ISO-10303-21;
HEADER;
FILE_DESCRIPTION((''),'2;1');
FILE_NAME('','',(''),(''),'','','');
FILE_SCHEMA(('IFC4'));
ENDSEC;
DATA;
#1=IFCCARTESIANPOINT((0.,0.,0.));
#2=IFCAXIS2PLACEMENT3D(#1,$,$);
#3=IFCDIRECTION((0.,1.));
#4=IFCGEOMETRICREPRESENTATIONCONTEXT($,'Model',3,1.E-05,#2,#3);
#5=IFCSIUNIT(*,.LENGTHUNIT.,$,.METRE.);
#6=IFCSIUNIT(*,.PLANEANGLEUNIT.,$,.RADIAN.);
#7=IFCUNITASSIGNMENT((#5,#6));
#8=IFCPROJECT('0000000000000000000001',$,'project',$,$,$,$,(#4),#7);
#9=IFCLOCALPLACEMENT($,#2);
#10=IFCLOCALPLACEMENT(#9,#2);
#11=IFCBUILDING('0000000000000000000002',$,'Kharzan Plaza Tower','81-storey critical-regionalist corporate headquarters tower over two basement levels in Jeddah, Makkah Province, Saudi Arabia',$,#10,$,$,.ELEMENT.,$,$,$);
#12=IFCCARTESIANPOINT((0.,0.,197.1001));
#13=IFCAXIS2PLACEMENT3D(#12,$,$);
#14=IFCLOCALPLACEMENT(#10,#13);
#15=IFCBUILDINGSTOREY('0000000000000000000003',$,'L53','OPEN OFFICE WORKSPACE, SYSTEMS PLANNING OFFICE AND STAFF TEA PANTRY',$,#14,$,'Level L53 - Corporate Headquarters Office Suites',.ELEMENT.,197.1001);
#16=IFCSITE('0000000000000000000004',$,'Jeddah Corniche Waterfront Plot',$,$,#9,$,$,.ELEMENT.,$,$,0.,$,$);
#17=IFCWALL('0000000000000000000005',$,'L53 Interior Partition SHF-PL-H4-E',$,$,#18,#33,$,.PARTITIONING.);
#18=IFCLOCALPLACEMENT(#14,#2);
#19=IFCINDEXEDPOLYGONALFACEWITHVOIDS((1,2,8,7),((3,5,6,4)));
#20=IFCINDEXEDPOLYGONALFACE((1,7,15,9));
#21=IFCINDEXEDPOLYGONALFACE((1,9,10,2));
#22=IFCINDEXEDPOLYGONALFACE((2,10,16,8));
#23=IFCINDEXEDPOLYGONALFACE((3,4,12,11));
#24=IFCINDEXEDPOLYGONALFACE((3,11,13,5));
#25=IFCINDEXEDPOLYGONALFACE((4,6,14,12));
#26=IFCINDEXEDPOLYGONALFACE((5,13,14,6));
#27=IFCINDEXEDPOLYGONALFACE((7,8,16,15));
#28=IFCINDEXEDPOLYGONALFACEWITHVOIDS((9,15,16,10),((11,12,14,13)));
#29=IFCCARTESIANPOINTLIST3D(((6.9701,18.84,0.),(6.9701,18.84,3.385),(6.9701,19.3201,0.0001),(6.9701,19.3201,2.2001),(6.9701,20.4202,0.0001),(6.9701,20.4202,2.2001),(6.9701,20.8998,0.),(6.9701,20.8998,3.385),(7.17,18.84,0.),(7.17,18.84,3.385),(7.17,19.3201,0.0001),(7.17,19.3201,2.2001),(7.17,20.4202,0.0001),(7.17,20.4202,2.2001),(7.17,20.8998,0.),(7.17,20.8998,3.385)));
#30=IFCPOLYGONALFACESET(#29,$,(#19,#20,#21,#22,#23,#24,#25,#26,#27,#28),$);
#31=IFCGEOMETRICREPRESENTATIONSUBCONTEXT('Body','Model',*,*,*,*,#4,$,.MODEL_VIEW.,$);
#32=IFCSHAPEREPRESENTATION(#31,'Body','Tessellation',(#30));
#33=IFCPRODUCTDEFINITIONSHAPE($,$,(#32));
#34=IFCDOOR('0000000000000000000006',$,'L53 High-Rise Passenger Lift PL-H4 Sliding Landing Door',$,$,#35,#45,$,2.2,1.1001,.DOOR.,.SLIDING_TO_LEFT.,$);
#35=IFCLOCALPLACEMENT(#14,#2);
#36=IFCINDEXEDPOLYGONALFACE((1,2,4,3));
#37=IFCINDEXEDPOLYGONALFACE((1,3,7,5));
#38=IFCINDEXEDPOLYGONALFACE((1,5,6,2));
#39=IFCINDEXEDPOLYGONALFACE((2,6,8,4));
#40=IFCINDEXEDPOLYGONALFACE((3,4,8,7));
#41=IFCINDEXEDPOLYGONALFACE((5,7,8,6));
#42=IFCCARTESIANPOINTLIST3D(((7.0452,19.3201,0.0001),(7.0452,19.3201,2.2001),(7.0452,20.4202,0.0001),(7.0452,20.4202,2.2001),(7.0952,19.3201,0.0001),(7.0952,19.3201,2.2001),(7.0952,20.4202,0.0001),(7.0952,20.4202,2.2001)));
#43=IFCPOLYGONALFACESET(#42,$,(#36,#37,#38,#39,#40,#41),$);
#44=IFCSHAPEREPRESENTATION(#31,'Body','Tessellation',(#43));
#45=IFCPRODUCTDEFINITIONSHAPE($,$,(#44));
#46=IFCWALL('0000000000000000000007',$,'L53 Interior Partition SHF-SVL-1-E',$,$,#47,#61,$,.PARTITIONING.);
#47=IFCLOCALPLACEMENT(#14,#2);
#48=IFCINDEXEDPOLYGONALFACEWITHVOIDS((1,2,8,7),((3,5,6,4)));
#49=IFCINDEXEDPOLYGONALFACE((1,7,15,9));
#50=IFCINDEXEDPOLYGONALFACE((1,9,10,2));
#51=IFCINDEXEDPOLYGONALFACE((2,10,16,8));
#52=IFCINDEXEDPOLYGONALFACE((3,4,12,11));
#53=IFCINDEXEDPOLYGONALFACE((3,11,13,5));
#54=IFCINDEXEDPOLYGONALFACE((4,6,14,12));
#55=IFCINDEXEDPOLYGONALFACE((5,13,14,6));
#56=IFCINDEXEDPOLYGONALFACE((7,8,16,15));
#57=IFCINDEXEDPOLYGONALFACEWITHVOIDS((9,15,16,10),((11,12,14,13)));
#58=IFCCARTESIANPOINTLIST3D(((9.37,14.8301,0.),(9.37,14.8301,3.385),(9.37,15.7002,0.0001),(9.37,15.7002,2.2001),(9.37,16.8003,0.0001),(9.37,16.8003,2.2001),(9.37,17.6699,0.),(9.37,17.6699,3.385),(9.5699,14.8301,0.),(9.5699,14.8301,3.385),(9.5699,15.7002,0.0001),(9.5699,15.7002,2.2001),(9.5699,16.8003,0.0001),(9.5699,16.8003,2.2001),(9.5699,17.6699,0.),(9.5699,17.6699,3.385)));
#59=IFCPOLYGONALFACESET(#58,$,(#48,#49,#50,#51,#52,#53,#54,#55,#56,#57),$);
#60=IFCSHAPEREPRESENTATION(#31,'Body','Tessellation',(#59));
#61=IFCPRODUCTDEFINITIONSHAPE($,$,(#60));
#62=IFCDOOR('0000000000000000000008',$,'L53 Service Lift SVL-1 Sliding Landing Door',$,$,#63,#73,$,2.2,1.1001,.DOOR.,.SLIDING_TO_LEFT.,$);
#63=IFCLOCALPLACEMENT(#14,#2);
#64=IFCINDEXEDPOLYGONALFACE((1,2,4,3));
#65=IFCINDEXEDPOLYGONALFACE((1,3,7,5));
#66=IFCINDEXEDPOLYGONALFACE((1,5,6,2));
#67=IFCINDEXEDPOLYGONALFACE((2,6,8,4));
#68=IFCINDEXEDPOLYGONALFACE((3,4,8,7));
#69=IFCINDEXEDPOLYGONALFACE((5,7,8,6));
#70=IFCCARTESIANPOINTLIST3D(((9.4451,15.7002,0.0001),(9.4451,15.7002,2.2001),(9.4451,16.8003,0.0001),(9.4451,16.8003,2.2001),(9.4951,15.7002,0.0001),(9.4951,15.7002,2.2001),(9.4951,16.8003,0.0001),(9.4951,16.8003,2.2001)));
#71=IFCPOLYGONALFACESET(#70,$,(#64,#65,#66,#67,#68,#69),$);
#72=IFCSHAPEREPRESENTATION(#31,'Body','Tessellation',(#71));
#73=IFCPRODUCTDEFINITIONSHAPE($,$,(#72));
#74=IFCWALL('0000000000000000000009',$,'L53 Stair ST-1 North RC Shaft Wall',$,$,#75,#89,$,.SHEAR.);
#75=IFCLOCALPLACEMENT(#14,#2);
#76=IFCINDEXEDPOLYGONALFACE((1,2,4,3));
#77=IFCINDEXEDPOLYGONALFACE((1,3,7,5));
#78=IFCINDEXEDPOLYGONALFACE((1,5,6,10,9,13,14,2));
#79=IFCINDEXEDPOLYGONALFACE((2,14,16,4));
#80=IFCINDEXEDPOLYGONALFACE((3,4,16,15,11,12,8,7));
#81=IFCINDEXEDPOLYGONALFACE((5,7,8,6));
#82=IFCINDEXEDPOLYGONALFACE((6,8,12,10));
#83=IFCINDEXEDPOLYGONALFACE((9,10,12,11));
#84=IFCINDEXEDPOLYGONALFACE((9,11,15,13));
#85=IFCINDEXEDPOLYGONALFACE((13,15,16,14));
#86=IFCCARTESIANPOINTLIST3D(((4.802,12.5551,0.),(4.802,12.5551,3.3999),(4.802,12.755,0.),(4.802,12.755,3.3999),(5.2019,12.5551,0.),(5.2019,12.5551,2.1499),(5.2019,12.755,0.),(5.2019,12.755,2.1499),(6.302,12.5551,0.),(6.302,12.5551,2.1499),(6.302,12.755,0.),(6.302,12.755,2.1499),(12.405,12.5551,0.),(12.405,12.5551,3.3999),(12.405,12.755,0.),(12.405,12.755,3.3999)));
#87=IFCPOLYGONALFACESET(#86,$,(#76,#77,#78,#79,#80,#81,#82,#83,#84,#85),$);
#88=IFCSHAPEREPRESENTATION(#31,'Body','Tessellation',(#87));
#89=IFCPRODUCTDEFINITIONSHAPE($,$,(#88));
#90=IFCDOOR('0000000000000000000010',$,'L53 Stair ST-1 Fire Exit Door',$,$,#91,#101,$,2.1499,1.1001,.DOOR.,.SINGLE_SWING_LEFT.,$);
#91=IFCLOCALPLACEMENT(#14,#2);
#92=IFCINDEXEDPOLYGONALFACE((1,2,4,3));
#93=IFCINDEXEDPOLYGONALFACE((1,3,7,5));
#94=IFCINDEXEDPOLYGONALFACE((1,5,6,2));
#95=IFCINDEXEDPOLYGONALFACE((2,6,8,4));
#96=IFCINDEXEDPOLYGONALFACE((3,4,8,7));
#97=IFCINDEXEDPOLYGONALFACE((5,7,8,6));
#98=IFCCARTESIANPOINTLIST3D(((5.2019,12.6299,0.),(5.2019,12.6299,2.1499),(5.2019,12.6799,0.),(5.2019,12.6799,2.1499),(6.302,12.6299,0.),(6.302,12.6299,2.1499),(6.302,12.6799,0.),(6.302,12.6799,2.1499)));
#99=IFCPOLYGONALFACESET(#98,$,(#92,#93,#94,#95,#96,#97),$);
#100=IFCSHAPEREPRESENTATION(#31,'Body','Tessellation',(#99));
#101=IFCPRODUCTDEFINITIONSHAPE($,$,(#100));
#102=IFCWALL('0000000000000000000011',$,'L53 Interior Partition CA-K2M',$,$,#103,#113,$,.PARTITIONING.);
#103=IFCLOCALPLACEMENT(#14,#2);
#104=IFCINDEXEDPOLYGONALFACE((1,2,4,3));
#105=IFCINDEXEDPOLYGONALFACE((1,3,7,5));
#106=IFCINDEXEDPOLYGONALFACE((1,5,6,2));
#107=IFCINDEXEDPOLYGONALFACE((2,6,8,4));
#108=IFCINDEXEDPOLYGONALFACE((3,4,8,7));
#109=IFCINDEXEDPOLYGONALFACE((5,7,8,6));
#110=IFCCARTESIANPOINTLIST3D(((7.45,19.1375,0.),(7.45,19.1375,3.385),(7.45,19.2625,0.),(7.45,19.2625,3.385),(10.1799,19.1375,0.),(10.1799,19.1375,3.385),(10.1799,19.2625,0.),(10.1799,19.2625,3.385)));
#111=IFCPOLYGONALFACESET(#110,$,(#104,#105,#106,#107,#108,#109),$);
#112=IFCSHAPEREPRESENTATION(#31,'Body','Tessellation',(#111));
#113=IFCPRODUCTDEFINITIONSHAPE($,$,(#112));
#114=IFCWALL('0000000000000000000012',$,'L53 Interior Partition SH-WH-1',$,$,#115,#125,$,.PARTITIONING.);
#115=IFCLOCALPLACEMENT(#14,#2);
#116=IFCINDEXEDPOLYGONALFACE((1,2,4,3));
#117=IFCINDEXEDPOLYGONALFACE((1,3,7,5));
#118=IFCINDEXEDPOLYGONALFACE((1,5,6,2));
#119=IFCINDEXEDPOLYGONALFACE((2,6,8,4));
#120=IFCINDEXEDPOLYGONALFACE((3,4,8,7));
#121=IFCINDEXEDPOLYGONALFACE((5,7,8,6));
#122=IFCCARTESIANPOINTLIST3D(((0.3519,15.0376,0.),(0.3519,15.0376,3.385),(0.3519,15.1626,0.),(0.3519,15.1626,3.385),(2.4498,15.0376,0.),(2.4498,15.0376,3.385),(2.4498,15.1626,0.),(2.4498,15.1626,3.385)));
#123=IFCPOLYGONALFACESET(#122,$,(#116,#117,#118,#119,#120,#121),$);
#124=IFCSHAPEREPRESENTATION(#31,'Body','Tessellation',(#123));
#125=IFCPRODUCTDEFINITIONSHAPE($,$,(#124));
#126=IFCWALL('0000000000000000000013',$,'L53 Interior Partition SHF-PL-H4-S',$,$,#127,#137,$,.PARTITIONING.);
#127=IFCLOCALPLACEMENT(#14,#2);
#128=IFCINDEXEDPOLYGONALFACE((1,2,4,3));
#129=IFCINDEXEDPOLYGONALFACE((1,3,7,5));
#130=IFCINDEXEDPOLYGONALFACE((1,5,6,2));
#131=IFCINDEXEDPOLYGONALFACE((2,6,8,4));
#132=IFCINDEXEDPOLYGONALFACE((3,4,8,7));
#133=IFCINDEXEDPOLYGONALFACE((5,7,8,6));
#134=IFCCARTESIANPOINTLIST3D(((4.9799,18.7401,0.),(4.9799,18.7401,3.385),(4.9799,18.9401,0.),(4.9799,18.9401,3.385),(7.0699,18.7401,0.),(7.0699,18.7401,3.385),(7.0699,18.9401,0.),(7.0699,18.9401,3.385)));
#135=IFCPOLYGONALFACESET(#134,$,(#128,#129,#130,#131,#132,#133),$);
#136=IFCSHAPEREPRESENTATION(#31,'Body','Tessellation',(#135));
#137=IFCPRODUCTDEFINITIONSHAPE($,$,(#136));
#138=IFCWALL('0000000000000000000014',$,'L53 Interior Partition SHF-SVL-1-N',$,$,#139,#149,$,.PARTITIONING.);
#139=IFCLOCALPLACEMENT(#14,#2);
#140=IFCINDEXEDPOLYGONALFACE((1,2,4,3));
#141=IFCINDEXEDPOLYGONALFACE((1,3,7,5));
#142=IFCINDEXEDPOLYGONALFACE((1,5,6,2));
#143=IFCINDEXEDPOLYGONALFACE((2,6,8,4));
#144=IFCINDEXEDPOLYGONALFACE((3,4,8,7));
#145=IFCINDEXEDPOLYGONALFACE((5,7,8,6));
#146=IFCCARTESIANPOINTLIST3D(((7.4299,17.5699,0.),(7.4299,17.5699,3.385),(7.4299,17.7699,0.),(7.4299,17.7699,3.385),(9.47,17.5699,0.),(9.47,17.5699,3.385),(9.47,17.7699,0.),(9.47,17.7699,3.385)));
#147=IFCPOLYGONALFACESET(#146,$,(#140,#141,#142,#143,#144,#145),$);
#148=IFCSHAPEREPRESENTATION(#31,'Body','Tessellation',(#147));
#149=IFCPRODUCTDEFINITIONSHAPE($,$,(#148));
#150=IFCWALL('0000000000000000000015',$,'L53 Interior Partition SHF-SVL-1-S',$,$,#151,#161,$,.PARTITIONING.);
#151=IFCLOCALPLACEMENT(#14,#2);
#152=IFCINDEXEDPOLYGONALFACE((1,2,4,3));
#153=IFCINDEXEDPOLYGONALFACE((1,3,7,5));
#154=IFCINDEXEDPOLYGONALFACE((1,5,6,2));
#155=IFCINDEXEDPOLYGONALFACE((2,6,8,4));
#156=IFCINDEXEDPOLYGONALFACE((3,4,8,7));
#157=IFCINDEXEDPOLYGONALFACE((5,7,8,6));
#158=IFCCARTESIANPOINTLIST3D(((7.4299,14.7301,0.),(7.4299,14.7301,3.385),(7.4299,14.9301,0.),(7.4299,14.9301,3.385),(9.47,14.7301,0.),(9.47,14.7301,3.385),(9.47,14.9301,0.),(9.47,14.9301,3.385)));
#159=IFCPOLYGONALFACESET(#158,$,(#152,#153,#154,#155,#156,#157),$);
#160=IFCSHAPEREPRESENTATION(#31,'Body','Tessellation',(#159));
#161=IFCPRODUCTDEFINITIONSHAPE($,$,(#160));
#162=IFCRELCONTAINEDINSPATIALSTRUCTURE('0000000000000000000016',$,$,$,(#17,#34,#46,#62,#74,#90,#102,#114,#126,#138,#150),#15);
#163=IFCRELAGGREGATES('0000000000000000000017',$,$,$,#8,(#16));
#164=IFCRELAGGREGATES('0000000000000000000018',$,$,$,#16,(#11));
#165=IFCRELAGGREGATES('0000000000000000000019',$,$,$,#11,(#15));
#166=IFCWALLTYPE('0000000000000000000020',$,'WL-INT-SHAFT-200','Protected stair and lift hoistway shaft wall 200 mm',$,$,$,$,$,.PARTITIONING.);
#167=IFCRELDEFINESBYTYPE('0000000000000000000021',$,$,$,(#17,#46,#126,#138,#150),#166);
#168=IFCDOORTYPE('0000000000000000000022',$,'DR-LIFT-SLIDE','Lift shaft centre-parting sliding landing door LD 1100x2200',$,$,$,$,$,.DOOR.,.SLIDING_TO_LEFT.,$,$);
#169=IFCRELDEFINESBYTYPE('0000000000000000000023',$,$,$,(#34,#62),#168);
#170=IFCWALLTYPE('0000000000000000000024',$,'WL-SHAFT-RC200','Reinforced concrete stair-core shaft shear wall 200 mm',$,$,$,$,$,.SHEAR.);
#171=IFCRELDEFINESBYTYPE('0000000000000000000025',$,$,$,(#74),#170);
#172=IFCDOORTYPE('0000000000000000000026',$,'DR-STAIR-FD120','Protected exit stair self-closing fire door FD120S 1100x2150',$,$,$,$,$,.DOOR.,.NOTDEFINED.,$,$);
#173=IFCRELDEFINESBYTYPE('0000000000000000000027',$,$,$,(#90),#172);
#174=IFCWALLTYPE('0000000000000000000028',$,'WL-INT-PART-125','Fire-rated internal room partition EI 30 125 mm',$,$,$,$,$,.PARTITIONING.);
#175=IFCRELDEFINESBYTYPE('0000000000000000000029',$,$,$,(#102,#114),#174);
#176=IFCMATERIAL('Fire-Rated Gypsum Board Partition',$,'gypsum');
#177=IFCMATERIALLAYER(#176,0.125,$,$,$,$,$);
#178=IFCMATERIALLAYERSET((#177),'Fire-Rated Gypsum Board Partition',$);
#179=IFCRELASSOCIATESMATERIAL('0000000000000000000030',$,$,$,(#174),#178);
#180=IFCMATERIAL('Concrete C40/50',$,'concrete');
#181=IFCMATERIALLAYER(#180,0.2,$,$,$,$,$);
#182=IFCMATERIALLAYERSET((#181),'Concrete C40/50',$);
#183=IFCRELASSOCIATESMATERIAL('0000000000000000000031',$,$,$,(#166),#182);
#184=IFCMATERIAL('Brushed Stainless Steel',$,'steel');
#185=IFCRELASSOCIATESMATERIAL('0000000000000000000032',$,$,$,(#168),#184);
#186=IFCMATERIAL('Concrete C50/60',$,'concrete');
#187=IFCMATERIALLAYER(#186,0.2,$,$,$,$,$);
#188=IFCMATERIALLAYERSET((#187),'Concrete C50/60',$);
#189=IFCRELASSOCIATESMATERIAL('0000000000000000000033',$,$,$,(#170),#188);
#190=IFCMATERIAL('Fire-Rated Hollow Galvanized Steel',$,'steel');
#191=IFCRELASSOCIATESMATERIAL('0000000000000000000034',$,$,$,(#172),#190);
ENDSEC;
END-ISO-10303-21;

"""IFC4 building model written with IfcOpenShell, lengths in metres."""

from ifc_helpers import new_model, si_unit, direction, frame, frame_2d, origin, place, context, subcontext, project, spatial, rectangle, extrude, source, transform, mapped, material, layer, layer_set, type_object, element, fill, save


model = new_model("IFC4")

# Units and contexts
model_context = context("Model", 3, precision=1e-05, world=origin(), true_north=direction((0.0, 1.0)))
body_context = subcontext(model_context, "Body", "Model", "MODEL_VIEW")
ifc_project = project(units=[si_unit("LENGTHUNIT", "METRE"), si_unit("PLANEANGLEUNIT", "RADIAN")], contexts=[model_context])

# Site, building, storey
site_placement = place(None, origin())
site = spatial("IfcSite", under=ifc_project, at=site_placement, Name="Jeddah Corniche Waterfront Plot", CompositionType="ELEMENT", RefElevation=0.0)
building_placement = place(site_placement, origin())
building = spatial("IfcBuilding", under=site, at=building_placement, Name="Kharzan Plaza Tower", Description="81-storey critical-regionalist corporate headquarters tower over two basement levels in Jeddah, Makkah Province, Saudi Arabia", CompositionType="ELEMENT")
storey_placement = place(building_placement, frame((0.0, 0.0, 197.1001)))
storey = spatial("IfcBuildingStorey", under=building, at=storey_placement, Name="L53", Description="OPEN OFFICE WORKSPACE, SYSTEMS PLANNING OFFICE AND STAFF TEA PANTRY", LongName="Level L53 - Corporate Headquarters Office Suites", CompositionType="ELEMENT", Elevation=197.1001)

# Shared definitions
ifc_material_1 = material(Name="Concrete C50/60", Category="concrete")

# Shared definitions
ifc_material_2 = material(Name="Concrete C40/50", Category="concrete")

# Walls, openings, doors
ifc_material_3 = material(Name="Fire-Rated Gypsum Board Partition", Category="gypsum")
ifc_layer_1 = layer(ifc_material_3, 0.125)
ifc_layer_set_1 = layer_set([ifc_layer_1], Name="Fire-Rated Gypsum Board Partition")
wall_type_1 = type_object("IfcWallType", Name="WL-INT-PART-125", Description="Fire-rated internal room partition EI 30 125 mm", PredefinedType="PARTITIONING", material=ifc_layer_set_1)
ifc_layer_2 = layer(ifc_material_2, 0.2)
ifc_layer_set_2 = layer_set([ifc_layer_2], Name="Concrete C40/50")
wall_type_2 = type_object("IfcWallType", Name="WL-INT-SHAFT-200", Description="Protected stair and lift hoistway shaft wall 200 mm", PredefinedType="PARTITIONING", material=ifc_layer_set_2)
wall_1_placement = place(storey_placement, frame((7.0701, 18.8401, 0.0), z_axis=(0.0, 0.0, 1.0), x_axis=(0.0, 1.0, 0.0)))
wall_1 = element("IfcWall", 1, at=wall_1_placement, inside=storey, type_object=wall_type_2, Name="L53 Interior Partition SHF-PL-H4-E", PredefinedType="PARTITIONING", context=body_context, shape_type="SweptSolid", body=[
    extrude(rectangle(XDim=2.0598, YDim=0.2, at=frame_2d((1.0298, 0.0))), origin(), (0.0, 0.0, 1.0), 3.385),
])
opening_1_placement = place(wall_1_placement, frame((0.48, 0.0, 0.0)))
opening_1 = element("IfcOpeningElement", 2, at=opening_1_placement, cuts=wall_1, PredefinedType="OPENING", context=body_context, shape_type="SweptSolid", body=[
    extrude(rectangle(XDim=1.1001, YDim=2.2, at=frame_2d((0.55, 1.1001))), frame((0.0, 0.1099, 0.0), z_axis=(0.0, -1.0, 0.0), x_axis=(1.0, 0.0, 0.0)), (0.0, 0.0, 1.0), 0.22),
])
ifc_material_4 = material(Name="Brushed Stainless Steel", Category="steel")
door_type_1 = type_object("IfcDoorType", Name="DR-LIFT-SLIDE", Description="Lift shaft centre-parting sliding landing door LD 1100x2200", OperationType="SLIDING_TO_LEFT", PredefinedType="DOOR", material=ifc_material_4)
shared_shape_1 = source(origin(), body_context, "Body", "SweptSolid", [
    extrude(rectangle(XDim=1.1001, YDim=2.2, at=frame_2d((0.55, 1.1001))), frame((0.0, 0.0249, 0.0), z_axis=(0.0, -1.0, 0.0), x_axis=(1.0, 0.0, 0.0)), (0.0, 0.0, 1.0), 0.05),
])
door_1_placement = place(opening_1_placement, origin())
door_1 = element("IfcDoor", 3, at=door_1_placement, inside=storey, type_object=door_type_1, Name="L53 High-Rise Passenger Lift PL-H4 Sliding Landing Door", OperationType="SLIDING_TO_LEFT", OverallHeight=2.2, OverallWidth=1.1001, PredefinedType="DOOR", context=body_context, shape_type="MappedRepresentation", body=[
    mapped(shared_shape_1, transform((0.0, 0.0, 0.0), x_axis=(1.0, 0.0, 0.0), y_axis=(0.0, 1.0, 0.0), z_axis=(0.0, 0.0, 1.0))),
])
fill(opening_1, door_1)
wall_2_placement = place(storey_placement, frame((9.47, 14.8301, 0.0), z_axis=(0.0, 0.0, 1.0), x_axis=(0.0, 1.0, 0.0)))
wall_2 = element("IfcWall", 4, at=wall_2_placement, inside=storey, type_object=wall_type_2, Name="L53 Interior Partition SHF-SVL-1-E", PredefinedType="PARTITIONING", context=body_context, shape_type="SweptSolid", body=[
    extrude(rectangle(XDim=2.8398, YDim=0.2, at=frame_2d((1.4199, 0.0))), origin(), (0.0, 0.0, 1.0), 3.385),
])
opening_2_placement = place(wall_2_placement, frame((0.8701, 0.0, 0.0)))
opening_2 = element("IfcOpeningElement", 5, at=opening_2_placement, cuts=wall_2, PredefinedType="OPENING", context=body_context, shape_type="SweptSolid", body=[
    extrude(rectangle(XDim=1.1001, YDim=2.2, at=frame_2d((0.55, 1.1001))), frame((0.0, 0.1099, 0.0), z_axis=(0.0, -1.0, 0.0), x_axis=(1.0, 0.0, 0.0)), (0.0, 0.0, 1.0), 0.22),
])
door_2_placement = place(opening_2_placement, origin())
door_2 = element("IfcDoor", 6, at=door_2_placement, inside=storey, type_object=door_type_1, Name="L53 Service Lift SVL-1 Sliding Landing Door", OperationType="SLIDING_TO_LEFT", OverallHeight=2.2, OverallWidth=1.1001, PredefinedType="DOOR", context=body_context, shape_type="MappedRepresentation", body=[
    mapped(shared_shape_1, transform((0.0, 0.0, 0.0), x_axis=(1.0, 0.0, 0.0), y_axis=(0.0, 1.0, 0.0), z_axis=(0.0, 0.0, 1.0))),
])
fill(opening_2, door_2)
ifc_layer_3 = layer(ifc_material_1, 0.2)
ifc_layer_set_3 = layer_set([ifc_layer_3], Name="Concrete C50/60")
wall_type_3 = type_object("IfcWallType", Name="WL-SHAFT-RC200", Description="Reinforced concrete stair-core shaft shear wall 200 mm", PredefinedType="SHEAR", material=ifc_layer_set_3)
wall_3_placement = place(storey_placement, frame((4.802, 12.655, 0.0), z_axis=(0.0, 0.0, 1.0), x_axis=(1.0, 0.0, 0.0)))
wall_3 = element("IfcWall", 7, at=wall_3_placement, inside=storey, type_object=wall_type_3, Name="L53 Stair ST-1 North RC Shaft Wall", PredefinedType="SHEAR", context=body_context, shape_type="SweptSolid", body=[
    extrude(rectangle(XDim=7.603, YDim=0.2, at=frame_2d((3.8015, 0.0))), origin(), (0.0, 0.0, 1.0), 3.3999),
])
opening_3_placement = place(wall_3_placement, frame((0.3999, 0.0, 0.0)))
opening_3 = element("IfcOpeningElement", 8, at=opening_3_placement, cuts=wall_3, PredefinedType="OPENING", context=body_context, shape_type="SweptSolid", body=[
    extrude(rectangle(XDim=1.1001, YDim=2.1499, at=frame_2d((0.55, 1.075))), frame((0.0, 0.1099, 0.0), z_axis=(0.0, -1.0, 0.0), x_axis=(1.0, 0.0, 0.0)), (0.0, 0.0, 1.0), 0.22),
])
ifc_material_5 = material(Name="Fire-Rated Hollow Galvanized Steel", Category="steel")
door_type_2 = type_object("IfcDoorType", Name="DR-STAIR-FD120", Description="Protected exit stair self-closing fire door FD120S 1100x2150", OperationType="NOTDEFINED", PredefinedType="DOOR", material=ifc_material_5)
shared_shape_2 = source(origin(), body_context, "Body", "SweptSolid", [
    extrude(rectangle(XDim=1.1001, YDim=2.1499, at=frame_2d((0.55, 1.075))), frame((0.0, 0.0249, 0.0), z_axis=(0.0, -1.0, 0.0), x_axis=(1.0, 0.0, 0.0)), (0.0, 0.0, 1.0), 0.05),
])
door_3_placement = place(opening_3_placement, origin())
door_3 = element("IfcDoor", 9, at=door_3_placement, inside=storey, type_object=door_type_2, Name="L53 Stair ST-1 Fire Exit Door", OperationType="SINGLE_SWING_LEFT", OverallHeight=2.1499, OverallWidth=1.1001, PredefinedType="DOOR", context=body_context, shape_type="MappedRepresentation", body=[
    mapped(shared_shape_2, transform((0.0, 0.0, 0.0), x_axis=(1.0, 0.0, 0.0), y_axis=(0.0, 1.0, 0.0), z_axis=(0.0, 0.0, 1.0))),
])
fill(opening_3, door_3)

# Walls
shared_shape_3 = source(origin(), body_context, "Body", "SweptSolid", [
    extrude(rectangle(XDim=2.73, YDim=0.125, at=frame_2d((1.365, 0.0))), origin(), (0.0, 0.0, 1.0), 3.385),
])
wall_4_placement = place(storey_placement, frame((7.45, 19.2, 0.0), z_axis=(0.0, 0.0, 1.0), x_axis=(1.0, 0.0, 0.0)))
element("IfcWall", 10, at=wall_4_placement, inside=storey, type_object=wall_type_1, Name="L53 Interior Partition CA-K2M", PredefinedType="PARTITIONING", context=body_context, shape_type="MappedRepresentation", body=[
    mapped(shared_shape_3, transform((0.0, 0.0, 0.0), x_axis=(1.0, 0.0, 0.0), y_axis=(0.0, 1.0, 0.0), z_axis=(0.0, 0.0, 1.0))),
])
shared_shape_4 = source(origin(), body_context, "Body", "SweptSolid", [
    extrude(rectangle(XDim=2.0979, YDim=0.125, at=frame_2d((1.0488, 0.0))), origin(), (0.0, 0.0, 1.0), 3.385),
])
wall_5_placement = place(storey_placement, frame((0.3521, 15.1001, 0.0), z_axis=(0.0, 0.0, 1.0), x_axis=(1.0, 0.0, 0.0)))
element("IfcWall", 11, at=wall_5_placement, inside=storey, type_object=wall_type_1, Name="L53 Interior Partition SH-WH-1", PredefinedType="PARTITIONING", context=body_context, shape_type="MappedRepresentation", body=[
    mapped(shared_shape_4, transform((0.0, 0.0, 0.0), x_axis=(1.0, 0.0, 0.0), y_axis=(0.0, 1.0, 0.0), z_axis=(0.0, 0.0, 1.0))),
])
shared_shape_5 = source(origin(), body_context, "Body", "SweptSolid", [
    extrude(rectangle(XDim=2.0901, YDim=0.2, at=frame_2d((1.0449, 0.0))), origin(), (0.0, 0.0, 1.0), 3.385),
])
wall_6_placement = place(storey_placement, frame((4.98, 18.8401, 0.0), z_axis=(0.0, 0.0, 1.0), x_axis=(1.0, 0.0, 0.0)))
element("IfcWall", 12, at=wall_6_placement, inside=storey, type_object=wall_type_2, Name="L53 Interior Partition SHF-PL-H4-S", PredefinedType="PARTITIONING", context=body_context, shape_type="MappedRepresentation", body=[
    mapped(shared_shape_5, transform((0.0, 0.0, 0.0), x_axis=(1.0, 0.0, 0.0), y_axis=(0.0, 1.0, 0.0), z_axis=(0.0, 0.0, 1.0))),
])
shared_shape_6 = source(origin(), body_context, "Body", "SweptSolid", [
    extrude(rectangle(XDim=2.04, YDim=0.2, at=frame_2d((1.02, 0.0))), origin(), (0.0, 0.0, 1.0), 3.385),
])
for number, where, z_axis, x_axis, name in (
    (13, (7.4299, 17.6699, 0.0), (0.0, 0.0, 1.0), (1.0, 0.0, 0.0), "L53 Interior Partition SHF-SVL-1-N"),
    (14, (7.4299, 14.8301, 0.0), (0.0, 0.0, 1.0), (1.0, 0.0, 0.0), "L53 Interior Partition SHF-SVL-1-S"),
):
    element("IfcWall", number, at=place(storey_placement, frame(where, z_axis=z_axis, x_axis=x_axis)), inside=storey, type_object=wall_type_2, Name=name, PredefinedType="PARTITIONING", context=body_context, shape_type="MappedRepresentation", body=[
        mapped(shared_shape_6, transform((0.0, 0.0, 0.0), x_axis=(1.0, 0.0, 0.0), y_axis=(0.0, 1.0, 0.0), z_axis=(0.0, 0.0, 1.0))),
    ])

save(model, "model.ifc")
